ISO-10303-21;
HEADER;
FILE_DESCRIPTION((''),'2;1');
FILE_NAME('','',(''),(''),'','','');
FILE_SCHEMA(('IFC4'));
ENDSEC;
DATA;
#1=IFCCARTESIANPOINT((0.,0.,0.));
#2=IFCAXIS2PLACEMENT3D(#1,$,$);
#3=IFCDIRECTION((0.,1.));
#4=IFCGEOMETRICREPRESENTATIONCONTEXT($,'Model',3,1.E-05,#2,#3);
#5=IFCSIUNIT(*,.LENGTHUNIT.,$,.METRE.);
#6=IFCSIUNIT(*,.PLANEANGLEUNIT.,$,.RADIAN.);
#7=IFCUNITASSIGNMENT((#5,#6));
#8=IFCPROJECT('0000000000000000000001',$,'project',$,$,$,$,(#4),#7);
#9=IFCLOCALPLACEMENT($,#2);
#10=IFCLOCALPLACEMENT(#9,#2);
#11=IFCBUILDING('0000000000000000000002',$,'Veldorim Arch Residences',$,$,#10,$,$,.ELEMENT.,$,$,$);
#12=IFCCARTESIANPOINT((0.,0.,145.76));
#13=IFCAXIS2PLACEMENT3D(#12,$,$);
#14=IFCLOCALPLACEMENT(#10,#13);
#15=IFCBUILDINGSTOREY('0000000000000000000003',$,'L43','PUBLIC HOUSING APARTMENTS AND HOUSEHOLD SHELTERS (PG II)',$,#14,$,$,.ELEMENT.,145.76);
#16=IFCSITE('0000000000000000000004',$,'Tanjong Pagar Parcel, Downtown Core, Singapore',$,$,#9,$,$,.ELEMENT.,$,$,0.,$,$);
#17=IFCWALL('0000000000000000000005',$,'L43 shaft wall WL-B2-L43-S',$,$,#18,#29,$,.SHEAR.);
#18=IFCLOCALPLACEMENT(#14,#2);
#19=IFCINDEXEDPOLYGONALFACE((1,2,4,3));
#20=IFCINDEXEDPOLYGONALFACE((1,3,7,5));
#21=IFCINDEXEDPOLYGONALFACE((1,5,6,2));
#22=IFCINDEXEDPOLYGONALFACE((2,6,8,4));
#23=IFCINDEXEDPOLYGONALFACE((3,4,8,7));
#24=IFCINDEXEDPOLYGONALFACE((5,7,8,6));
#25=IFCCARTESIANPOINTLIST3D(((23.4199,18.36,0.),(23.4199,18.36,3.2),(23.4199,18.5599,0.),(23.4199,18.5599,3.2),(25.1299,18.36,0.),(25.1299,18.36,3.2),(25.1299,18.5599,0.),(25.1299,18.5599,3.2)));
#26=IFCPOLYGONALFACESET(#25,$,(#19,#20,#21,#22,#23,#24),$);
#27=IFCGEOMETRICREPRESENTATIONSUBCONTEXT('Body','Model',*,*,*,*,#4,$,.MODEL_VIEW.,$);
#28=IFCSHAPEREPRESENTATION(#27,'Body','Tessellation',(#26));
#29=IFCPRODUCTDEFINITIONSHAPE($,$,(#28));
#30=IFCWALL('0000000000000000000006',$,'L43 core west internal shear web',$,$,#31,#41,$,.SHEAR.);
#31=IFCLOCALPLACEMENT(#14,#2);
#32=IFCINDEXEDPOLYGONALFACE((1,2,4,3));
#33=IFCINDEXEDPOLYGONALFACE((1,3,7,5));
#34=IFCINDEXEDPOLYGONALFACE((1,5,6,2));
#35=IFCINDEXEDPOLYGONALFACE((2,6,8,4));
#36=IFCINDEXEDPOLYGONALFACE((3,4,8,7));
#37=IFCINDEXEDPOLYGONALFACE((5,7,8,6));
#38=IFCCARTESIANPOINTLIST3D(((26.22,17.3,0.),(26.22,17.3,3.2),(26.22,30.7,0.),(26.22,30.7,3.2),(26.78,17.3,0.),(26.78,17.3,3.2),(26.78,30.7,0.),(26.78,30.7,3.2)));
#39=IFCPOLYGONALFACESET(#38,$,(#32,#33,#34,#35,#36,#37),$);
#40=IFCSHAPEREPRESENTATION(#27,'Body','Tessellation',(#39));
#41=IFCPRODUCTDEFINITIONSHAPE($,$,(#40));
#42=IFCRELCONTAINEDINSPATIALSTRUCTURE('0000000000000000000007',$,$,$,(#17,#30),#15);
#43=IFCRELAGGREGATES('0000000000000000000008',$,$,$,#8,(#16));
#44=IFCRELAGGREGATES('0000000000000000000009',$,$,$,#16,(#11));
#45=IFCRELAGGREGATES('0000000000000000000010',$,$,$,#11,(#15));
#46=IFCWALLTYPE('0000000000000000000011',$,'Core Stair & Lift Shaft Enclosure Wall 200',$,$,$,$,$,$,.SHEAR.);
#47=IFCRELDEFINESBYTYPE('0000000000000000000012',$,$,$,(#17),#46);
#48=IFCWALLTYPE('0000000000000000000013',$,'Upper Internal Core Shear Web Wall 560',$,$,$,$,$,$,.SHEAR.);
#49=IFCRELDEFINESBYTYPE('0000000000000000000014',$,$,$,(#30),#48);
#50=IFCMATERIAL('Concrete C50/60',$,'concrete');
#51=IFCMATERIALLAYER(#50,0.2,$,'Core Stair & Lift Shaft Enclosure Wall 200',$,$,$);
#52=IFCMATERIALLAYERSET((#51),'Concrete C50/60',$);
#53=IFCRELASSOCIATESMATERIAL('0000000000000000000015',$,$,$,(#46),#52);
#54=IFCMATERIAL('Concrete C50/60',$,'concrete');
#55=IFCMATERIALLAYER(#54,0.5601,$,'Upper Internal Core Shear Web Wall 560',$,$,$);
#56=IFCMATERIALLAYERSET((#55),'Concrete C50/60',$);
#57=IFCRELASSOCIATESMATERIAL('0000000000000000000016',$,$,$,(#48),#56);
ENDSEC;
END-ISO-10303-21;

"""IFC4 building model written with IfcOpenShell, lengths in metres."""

from ifc_helpers import new_model, si_unit, direction, frame, frame_2d, origin, place, context, subcontext, project, spatial, rectangle, extrude, material, layer, layer_set, type_object, element, save


model = new_model("IFC4")

# Units and contexts
model_context = context("Model", 3, precision=1e-05, world=origin(), true_north=direction((0.0, 1.0)))
body_context = subcontext(model_context, "Body", "Model", "MODEL_VIEW")
ifc_project = project(units=[si_unit("LENGTHUNIT", "METRE"), si_unit("PLANEANGLEUNIT", "RADIAN")], contexts=[model_context])

# Site, building, storey
site_placement = place(None, origin())
site = spatial("IfcSite", under=ifc_project, at=site_placement, Name="Tanjong Pagar Parcel, Downtown Core, Singapore", CompositionType="ELEMENT", RefElevation=0.0)
building_placement = place(site_placement, origin())
building = spatial("IfcBuilding", under=site, at=building_placement, Name="Veldorim Arch Residences", CompositionType="ELEMENT")
storey_placement = place(building_placement, frame((0.0, 0.0, 145.76)))
storey = spatial("IfcBuildingStorey", under=building, at=storey_placement, Name="L43", Description="PUBLIC HOUSING APARTMENTS AND HOUSEHOLD SHELTERS (PG II)", CompositionType="ELEMENT", Elevation=145.76)

# Wall
ifc_material_1 = material(Name="Concrete C50/60", Category="concrete")
ifc_layer_1 = layer(ifc_material_1, 0.2, Name="Core Stair & Lift Shaft Enclosure Wall 200")
ifc_layer_set_1 = layer_set([ifc_layer_1], Name="Concrete C50/60")
wall_type_1 = type_object("IfcWallType", Name="Core Stair & Lift Shaft Enclosure Wall 200", PredefinedType="SHEAR", material=ifc_layer_set_1)
wall_1_placement = place(storey_placement, frame((23.4199, 18.46, 0.0), z_axis=(0.0, 0.0, 1.0), x_axis=(1.0, 0.0, 0.0)))
element("IfcWall", 1, at=wall_1_placement, inside=storey, type_object=wall_type_1, Name="L43 shaft wall WL-B2-L43-S", PredefinedType="SHEAR", context=body_context, shape_type="SweptSolid", body=[
    extrude(rectangle(XDim=1.71, YDim=0.2, at=frame_2d((0.855, 0.0))), origin(), (0.0, 0.0, 1.0), 3.2),
])

# Wall
ifc_material_2 = material(Name="Concrete C50/60", Category="concrete")
ifc_layer_2 = layer(ifc_material_2, 0.5601, Name="Upper Internal Core Shear Web Wall 560")
ifc_layer_set_2 = layer_set([ifc_layer_2], Name="Concrete C50/60")
wall_type_2 = type_object("IfcWallType", Name="Upper Internal Core Shear Web Wall 560", PredefinedType="SHEAR", material=ifc_layer_set_2)
wall_2_placement = place(storey_placement, frame((26.5, 17.3, 0.0), z_axis=(0.0, 0.0, 1.0), x_axis=(0.0, 1.0, 0.0)))
element("IfcWall", 2, at=wall_2_placement, inside=storey, type_object=wall_type_2, Name="L43 core west internal shear web", PredefinedType="SHEAR", context=body_context, shape_type="SweptSolid", body=[
    extrude(rectangle(XDim=13.3999, YDim=0.5601, at=frame_2d((6.7, 0.0))), origin(), (0.0, 0.0, 1.0), 3.2),
])

save(model, "model.ifc")
